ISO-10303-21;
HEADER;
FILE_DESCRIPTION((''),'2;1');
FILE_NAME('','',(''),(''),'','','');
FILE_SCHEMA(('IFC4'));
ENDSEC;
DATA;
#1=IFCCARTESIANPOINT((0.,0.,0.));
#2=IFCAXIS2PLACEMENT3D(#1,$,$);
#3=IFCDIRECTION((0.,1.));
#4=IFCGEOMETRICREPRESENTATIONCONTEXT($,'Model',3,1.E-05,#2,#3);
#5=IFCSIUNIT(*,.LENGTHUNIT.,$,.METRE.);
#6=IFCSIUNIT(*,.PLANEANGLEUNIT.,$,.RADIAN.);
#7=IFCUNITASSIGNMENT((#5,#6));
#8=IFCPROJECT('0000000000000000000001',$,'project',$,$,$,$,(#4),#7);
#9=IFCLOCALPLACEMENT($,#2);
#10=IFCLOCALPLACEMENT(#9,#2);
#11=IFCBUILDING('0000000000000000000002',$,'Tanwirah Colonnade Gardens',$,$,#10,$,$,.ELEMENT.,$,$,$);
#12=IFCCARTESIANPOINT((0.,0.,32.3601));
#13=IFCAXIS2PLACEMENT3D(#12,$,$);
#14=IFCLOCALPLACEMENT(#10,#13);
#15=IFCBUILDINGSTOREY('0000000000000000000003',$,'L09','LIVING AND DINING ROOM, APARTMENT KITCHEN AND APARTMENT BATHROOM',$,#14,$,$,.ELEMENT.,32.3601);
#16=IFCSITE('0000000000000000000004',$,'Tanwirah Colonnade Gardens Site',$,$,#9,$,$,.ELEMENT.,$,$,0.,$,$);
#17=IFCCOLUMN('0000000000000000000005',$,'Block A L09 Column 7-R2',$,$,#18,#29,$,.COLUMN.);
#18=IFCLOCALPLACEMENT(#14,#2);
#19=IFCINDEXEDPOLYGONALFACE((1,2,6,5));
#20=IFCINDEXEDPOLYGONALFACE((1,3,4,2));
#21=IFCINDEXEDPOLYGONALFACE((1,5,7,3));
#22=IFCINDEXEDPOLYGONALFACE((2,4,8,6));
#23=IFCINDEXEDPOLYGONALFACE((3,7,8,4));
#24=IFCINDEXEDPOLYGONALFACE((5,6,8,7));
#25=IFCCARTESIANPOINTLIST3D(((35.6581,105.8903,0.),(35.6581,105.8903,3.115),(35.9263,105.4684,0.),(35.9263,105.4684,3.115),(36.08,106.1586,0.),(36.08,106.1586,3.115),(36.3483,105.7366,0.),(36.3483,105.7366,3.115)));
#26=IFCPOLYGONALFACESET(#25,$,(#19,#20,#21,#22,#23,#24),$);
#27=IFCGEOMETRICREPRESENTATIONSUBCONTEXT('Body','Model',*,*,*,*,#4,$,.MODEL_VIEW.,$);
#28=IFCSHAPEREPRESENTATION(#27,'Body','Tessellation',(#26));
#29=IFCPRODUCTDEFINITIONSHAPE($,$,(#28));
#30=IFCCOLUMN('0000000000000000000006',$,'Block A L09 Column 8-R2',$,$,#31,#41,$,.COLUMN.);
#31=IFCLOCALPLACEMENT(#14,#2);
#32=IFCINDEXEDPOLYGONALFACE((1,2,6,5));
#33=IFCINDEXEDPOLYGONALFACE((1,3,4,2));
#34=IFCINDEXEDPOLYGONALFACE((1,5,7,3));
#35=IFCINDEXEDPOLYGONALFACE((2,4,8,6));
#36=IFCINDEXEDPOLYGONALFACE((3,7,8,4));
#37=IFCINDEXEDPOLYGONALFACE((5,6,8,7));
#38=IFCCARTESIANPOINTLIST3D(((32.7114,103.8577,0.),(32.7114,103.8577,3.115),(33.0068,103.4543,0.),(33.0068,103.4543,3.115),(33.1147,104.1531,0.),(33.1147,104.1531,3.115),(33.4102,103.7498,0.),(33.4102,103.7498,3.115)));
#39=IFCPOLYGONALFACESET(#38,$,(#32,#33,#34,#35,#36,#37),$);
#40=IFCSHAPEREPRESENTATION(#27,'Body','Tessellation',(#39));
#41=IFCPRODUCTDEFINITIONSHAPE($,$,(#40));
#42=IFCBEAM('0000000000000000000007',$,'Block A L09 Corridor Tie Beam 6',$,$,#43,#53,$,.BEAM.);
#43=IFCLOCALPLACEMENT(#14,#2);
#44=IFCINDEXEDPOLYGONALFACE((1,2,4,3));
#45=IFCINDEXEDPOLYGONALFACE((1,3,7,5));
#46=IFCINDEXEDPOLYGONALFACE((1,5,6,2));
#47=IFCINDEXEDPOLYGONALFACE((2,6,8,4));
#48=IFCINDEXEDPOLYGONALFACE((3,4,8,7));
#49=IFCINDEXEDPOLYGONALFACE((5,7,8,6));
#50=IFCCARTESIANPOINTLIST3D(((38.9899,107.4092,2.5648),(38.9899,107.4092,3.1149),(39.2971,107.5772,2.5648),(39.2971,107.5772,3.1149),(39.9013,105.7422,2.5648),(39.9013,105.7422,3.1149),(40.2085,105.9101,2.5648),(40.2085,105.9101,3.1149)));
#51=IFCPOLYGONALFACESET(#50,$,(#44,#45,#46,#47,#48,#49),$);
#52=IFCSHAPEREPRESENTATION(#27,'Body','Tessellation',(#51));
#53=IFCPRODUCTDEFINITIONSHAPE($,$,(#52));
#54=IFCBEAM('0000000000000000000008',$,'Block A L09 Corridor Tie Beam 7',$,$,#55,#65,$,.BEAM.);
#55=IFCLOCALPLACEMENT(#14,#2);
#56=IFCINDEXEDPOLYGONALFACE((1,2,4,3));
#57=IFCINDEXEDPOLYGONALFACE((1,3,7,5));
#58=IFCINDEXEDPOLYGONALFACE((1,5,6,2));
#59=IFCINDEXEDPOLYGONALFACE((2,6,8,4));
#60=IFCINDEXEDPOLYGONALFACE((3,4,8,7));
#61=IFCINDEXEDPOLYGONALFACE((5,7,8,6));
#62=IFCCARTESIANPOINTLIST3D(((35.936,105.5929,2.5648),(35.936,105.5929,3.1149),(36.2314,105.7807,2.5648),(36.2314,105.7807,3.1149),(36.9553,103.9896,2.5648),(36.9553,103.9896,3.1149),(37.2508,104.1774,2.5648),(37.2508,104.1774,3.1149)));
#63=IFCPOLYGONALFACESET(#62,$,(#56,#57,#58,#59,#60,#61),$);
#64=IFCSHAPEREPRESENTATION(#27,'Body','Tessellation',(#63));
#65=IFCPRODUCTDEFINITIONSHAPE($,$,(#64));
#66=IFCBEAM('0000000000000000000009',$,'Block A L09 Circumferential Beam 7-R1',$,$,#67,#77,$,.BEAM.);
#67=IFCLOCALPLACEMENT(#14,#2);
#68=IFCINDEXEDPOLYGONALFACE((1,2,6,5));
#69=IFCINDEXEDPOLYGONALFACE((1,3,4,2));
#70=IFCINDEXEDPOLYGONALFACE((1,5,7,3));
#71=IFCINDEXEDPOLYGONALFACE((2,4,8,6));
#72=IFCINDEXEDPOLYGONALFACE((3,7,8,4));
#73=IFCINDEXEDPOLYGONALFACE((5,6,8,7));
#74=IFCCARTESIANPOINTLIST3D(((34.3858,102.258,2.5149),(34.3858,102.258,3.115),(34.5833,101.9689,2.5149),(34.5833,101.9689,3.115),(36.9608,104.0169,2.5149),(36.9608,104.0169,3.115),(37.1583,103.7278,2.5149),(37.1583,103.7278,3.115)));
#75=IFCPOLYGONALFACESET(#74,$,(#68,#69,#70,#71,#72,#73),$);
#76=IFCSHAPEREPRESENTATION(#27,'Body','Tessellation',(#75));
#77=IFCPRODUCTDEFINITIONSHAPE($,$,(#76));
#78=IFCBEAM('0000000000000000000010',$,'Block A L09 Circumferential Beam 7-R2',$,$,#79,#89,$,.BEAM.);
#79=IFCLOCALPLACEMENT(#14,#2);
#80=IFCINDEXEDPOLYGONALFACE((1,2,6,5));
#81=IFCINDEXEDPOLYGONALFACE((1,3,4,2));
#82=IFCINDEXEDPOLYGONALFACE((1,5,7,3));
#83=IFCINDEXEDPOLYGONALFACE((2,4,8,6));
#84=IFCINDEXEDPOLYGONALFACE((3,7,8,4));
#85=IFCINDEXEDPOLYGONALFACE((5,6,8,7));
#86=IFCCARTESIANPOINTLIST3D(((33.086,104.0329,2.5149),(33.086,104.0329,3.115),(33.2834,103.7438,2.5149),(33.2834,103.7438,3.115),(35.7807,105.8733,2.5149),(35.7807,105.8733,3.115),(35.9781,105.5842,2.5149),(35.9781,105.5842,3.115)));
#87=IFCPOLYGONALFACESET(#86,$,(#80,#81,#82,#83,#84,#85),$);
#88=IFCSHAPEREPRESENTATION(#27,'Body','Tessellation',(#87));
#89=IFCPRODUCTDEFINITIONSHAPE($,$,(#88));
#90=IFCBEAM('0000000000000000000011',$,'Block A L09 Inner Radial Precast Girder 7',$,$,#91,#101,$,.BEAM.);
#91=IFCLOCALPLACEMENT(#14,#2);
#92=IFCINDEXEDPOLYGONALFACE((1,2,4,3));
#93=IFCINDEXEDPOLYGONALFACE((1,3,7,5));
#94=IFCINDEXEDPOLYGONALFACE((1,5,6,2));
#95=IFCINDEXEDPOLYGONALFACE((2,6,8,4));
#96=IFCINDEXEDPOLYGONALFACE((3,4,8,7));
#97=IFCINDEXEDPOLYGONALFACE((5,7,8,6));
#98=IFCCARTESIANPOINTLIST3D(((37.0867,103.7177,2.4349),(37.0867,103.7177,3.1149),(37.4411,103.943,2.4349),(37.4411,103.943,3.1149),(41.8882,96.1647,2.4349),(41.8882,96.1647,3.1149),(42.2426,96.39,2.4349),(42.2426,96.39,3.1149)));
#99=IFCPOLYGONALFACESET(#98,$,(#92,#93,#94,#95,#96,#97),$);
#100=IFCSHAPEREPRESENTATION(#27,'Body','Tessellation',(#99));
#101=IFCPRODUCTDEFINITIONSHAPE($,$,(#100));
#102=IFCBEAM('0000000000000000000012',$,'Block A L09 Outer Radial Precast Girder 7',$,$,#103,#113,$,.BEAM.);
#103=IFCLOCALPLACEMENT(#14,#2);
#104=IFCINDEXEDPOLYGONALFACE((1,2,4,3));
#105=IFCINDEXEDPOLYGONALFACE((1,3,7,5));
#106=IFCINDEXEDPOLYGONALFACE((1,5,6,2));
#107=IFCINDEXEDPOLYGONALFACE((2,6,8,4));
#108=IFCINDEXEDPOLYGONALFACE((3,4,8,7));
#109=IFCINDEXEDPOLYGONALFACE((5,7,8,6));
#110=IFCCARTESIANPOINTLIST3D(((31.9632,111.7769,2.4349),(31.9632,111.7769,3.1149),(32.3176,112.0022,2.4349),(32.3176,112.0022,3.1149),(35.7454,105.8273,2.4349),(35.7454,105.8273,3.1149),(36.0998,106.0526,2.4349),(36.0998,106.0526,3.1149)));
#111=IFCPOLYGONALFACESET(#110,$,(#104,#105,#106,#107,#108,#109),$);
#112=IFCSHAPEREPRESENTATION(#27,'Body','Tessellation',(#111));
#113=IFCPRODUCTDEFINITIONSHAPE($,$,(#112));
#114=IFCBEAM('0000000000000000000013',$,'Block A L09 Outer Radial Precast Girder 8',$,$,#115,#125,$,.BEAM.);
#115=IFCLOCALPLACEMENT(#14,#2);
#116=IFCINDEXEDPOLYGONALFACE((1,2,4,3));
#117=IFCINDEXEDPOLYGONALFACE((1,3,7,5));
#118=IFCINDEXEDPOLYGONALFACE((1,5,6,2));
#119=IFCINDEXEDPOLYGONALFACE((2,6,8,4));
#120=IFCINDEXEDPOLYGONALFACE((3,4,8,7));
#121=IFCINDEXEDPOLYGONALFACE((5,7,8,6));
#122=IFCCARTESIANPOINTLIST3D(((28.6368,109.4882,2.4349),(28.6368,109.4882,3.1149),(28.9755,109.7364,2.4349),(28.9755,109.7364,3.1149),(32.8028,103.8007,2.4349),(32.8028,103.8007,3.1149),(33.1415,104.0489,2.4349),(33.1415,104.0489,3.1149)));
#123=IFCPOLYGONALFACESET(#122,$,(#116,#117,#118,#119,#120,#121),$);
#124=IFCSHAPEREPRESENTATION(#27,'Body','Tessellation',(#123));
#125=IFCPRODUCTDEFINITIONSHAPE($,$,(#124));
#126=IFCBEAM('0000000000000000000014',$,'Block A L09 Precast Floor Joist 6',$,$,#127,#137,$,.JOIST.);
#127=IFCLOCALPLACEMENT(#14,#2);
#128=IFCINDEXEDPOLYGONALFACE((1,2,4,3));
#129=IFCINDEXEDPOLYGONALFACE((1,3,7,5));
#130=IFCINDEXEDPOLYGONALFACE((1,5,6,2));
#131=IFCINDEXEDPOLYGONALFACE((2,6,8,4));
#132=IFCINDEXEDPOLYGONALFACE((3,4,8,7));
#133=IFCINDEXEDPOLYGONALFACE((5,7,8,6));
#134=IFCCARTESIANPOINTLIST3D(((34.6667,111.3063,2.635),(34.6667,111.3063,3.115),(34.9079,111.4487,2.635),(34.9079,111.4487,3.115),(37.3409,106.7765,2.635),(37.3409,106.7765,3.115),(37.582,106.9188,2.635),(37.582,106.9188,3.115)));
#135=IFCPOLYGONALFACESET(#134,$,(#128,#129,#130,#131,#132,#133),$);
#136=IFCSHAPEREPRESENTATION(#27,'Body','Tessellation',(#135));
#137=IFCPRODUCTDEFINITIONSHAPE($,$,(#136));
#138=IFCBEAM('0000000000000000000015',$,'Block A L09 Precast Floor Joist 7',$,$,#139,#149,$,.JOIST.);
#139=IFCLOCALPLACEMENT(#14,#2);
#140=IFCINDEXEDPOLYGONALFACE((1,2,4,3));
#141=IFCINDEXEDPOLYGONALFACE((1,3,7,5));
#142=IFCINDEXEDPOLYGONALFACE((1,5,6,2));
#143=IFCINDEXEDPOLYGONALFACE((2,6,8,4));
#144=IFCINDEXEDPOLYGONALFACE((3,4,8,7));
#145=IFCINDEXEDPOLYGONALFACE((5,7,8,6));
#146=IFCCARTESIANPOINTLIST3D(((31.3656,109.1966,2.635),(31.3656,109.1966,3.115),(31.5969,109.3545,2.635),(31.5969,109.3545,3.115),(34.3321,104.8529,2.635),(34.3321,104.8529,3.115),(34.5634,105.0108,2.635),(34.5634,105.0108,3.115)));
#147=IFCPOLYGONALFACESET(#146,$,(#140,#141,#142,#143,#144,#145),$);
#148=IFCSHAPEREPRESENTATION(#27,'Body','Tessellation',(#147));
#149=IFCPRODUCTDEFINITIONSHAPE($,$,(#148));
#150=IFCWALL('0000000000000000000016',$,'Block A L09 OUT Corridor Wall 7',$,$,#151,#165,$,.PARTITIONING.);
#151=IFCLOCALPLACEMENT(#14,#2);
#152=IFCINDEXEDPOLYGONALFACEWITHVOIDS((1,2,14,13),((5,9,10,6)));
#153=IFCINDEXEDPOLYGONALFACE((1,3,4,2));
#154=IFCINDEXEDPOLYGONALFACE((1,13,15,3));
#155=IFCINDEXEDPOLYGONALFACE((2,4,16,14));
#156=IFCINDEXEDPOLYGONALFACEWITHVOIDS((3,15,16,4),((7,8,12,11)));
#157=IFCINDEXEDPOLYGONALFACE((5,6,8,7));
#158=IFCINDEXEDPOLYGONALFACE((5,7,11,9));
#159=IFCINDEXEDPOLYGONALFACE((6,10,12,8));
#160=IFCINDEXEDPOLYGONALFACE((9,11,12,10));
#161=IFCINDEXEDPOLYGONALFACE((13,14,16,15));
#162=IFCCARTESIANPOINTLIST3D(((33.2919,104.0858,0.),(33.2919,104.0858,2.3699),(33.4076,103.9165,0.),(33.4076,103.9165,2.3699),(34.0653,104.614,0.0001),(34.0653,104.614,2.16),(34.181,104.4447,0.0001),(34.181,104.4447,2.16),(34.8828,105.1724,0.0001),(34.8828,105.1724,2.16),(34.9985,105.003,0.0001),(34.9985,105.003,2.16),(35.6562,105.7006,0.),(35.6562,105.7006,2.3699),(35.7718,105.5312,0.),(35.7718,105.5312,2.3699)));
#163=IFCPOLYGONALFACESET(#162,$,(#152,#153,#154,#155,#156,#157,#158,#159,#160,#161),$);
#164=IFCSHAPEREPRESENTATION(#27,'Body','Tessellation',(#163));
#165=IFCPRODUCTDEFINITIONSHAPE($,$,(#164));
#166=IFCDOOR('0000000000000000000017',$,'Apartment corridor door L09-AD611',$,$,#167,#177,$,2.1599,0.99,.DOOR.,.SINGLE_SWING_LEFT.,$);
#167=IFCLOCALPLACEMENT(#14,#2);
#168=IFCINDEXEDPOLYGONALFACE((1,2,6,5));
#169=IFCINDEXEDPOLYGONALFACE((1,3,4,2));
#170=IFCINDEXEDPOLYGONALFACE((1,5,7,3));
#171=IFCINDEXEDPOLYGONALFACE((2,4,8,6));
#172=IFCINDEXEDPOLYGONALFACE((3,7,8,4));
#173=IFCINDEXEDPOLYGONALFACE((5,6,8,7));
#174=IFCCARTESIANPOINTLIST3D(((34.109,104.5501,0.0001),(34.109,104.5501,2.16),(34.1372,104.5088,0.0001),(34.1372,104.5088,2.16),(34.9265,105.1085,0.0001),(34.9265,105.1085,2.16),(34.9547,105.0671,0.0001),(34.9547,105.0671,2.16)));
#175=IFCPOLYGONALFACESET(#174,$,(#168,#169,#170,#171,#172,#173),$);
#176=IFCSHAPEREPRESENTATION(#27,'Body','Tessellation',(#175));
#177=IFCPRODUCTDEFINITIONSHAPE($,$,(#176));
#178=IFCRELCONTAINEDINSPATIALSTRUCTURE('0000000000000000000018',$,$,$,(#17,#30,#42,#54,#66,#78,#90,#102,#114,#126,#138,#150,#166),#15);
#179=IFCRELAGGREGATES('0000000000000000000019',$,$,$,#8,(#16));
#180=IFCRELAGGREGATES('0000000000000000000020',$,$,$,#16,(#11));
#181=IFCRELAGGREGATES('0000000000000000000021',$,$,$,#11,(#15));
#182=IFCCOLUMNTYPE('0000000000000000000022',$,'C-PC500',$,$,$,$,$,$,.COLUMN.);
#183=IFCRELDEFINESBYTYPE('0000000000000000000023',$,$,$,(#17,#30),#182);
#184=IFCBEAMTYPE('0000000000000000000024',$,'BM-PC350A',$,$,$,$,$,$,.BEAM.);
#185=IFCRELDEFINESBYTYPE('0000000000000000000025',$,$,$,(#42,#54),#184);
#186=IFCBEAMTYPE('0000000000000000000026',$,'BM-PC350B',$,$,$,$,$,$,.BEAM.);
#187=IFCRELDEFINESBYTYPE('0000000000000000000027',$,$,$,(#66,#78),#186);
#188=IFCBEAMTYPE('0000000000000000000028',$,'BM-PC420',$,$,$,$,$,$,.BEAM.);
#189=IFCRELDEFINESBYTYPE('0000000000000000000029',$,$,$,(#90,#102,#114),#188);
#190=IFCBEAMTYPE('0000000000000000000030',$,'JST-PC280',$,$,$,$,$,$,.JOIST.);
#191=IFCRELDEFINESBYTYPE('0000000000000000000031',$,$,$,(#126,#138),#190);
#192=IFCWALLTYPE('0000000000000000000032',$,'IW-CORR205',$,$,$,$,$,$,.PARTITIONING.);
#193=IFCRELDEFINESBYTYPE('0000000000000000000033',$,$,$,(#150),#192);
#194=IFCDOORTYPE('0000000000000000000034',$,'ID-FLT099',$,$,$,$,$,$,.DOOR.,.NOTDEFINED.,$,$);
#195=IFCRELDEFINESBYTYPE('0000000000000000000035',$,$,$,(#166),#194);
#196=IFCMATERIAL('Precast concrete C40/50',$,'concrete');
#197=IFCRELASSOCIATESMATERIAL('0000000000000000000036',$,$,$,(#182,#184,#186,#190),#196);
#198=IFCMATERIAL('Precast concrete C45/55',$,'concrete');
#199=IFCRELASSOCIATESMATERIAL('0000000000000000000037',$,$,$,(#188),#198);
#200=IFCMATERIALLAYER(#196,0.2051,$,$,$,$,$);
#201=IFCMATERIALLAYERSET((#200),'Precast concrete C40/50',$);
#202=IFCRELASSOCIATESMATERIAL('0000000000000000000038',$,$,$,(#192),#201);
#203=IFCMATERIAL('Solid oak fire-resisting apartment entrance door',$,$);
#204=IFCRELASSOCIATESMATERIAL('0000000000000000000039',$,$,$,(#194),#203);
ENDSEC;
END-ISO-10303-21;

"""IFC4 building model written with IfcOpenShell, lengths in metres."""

from ifc_helpers import new_model, si_unit, direction, frame, frame_2d, origin, origin_2d, place, context, subcontext, project, spatial, rectangle, extrude, material, layer, layer_set, material_profile, profile_set, type_object, element, fill, save


model = new_model("IFC4")

# Units and contexts
model_context = context("Model", 3, precision=1e-05, world=origin(), true_north=direction((0.0, 1.0)))
body_context = subcontext(model_context, "Body", "Model", "MODEL_VIEW")
ifc_project = project(units=[si_unit("LENGTHUNIT", "METRE"), si_unit("PLANEANGLEUNIT", "RADIAN")], contexts=[model_context])

# Site, building, storey
site_placement = place(None, origin())
site = spatial("IfcSite", under=ifc_project, at=site_placement, Name="Tanwirah Colonnade Gardens Site", CompositionType="ELEMENT", RefElevation=0.0)
building_placement = place(site_placement, origin())
building = spatial("IfcBuilding", under=site, at=building_placement, Name="Tanwirah Colonnade Gardens", CompositionType="ELEMENT")
storey_placement = place(building_placement, frame((0.0, 0.0, 32.3601)))
storey = spatial("IfcBuildingStorey", under=building, at=storey_placement, Name="L09", Description="LIVING AND DINING ROOM, APARTMENT KITCHEN AND APARTMENT BATHROOM", CompositionType="ELEMENT", Elevation=32.3601)

# Columns
ifc_material_1 = material(Name="Precast concrete C40/50", Category="concrete")
ifc_material_profile_1 = material_profile(ifc_material_1, rectangle(XDim=0.5, YDim=0.5, at=origin_2d()), Name="PC-COL 500x500")
ifc_profile_set_1 = profile_set([ifc_material_profile_1], Name="Precast concrete C40/50")
column_type = type_object("IfcColumnType", Name="C-PC500", PredefinedType="COLUMN", material=ifc_profile_set_1)
for number, where, z_axis, x_axis, name in (
    (1, (36.0032, 105.8135, 0.0), (0.0, 0.0, 1.0), (-0.536482, 0.843912, 0.0), "Block A L09 Column 7-R2"),
    (2, (33.0608, 103.8037, 0.0), (0.0, 0.0, 1.0), (-0.590919, 0.806731, 0.0), "Block A L09 Column 8-R2"),
):
    element("IfcColumn", number, at=place(storey_placement, frame(where, z_axis=z_axis, x_axis=x_axis)), inside=storey, type_object=column_type, Name=name, PredefinedType="COLUMN", context=body_context, shape_type="SweptSolid", body=[
        extrude(rectangle(XDim=0.5, YDim=0.5, at=origin_2d()), origin(), (0.0, 0.0, 1.0), 3.115),
    ])

# Beams
ifc_material_profile_2 = material_profile(ifc_material_1, rectangle(XDim=0.3501, YDim=0.55, at=origin_2d()), Name="PC-BM 350x550")
ifc_profile_set_2 = profile_set([ifc_material_profile_2], Name="Precast concrete C40/50")
beam_type_1 = type_object("IfcBeamType", Name="BM-PC350A", PredefinedType="BEAM", material=ifc_profile_set_2)
for number, where, z_axis, x_axis, name in (
    (3, (40.0549, 105.8262, 2.8398), (-0.479707, 0.877429, 0.0), (-0.877429, -0.479707, 0.0), "Block A L09 Corridor Tie Beam 6"),
    (4, (37.103, 104.0835, 2.8398), (-0.53651, 0.843894, 0.0), (-0.843894, -0.53651, 0.0), "Block A L09 Corridor Tie Beam 7"),
):
    element("IfcBeam", number, at=place(storey_placement, frame(where, z_axis=z_axis, x_axis=x_axis)), inside=storey, type_object=beam_type_1, Name=name, PredefinedType="BEAM", context=body_context, shape_type="SweptSolid", body=[
        extrude(rectangle(XDim=0.3501, YDim=0.55, at=origin_2d()), origin(), (0.0, 0.0, 1.0), 1.8999),
    ])
ifc_material_profile_3 = material_profile(ifc_material_1, rectangle(XDim=0.3501, YDim=0.6001, at=origin_2d()), Name="PC-BM 350x600")
ifc_profile_set_3 = profile_set([ifc_material_profile_3], Name="Precast concrete C40/50")
beam_type_2 = type_object("IfcBeamType", Name="BM-PC350B", PredefinedType="BEAM", material=ifc_profile_set_3)
beam_1_placement = place(storey_placement, frame((37.0596, 103.8723, 2.8149), z_axis=(-0.825758, -0.564024, 0.0), x_axis=(0.564024, -0.825758, 0.0)))
element("IfcBeam", 5, at=beam_1_placement, inside=storey, type_object=beam_type_2, Name="Block A L09 Circumferential Beam 7-R1", PredefinedType="BEAM", context=body_context, shape_type="SweptSolid", body=[
    extrude(rectangle(XDim=0.3501, YDim=0.6001, at=origin_2d()), origin(), (0.0, 0.0, 1.0), 3.1184),
])
beam_2_placement = place(storey_placement, frame((35.8794, 105.7288, 2.8149), z_axis=(-0.825782, -0.563989, 0.0), x_axis=(0.563989, -0.825782, 0.0)))
element("IfcBeam", 6, at=beam_2_placement, inside=storey, type_object=beam_type_2, Name="Block A L09 Circumferential Beam 7-R2", PredefinedType="BEAM", context=body_context, shape_type="SweptSolid", body=[
    extrude(rectangle(XDim=0.3501, YDim=0.6001, at=origin_2d()), origin(), (0.0, 0.0, 1.0), 3.2632),
])
ifc_material_2 = material(Name="Precast concrete C45/55", Category="concrete")
ifc_material_profile_4 = material_profile(ifc_material_2, rectangle(XDim=0.4199, YDim=0.6799, at=origin_2d()), Name="PC-BM 420x680")
ifc_profile_set_4 = profile_set([ifc_material_profile_4], Name="Precast concrete C45/55")
beam_type_3 = type_object("IfcBeamType", Name="BM-PC420", PredefinedType="BEAM", material=ifc_profile_set_4)
beam_3_placement = place(storey_placement, frame((37.2639, 103.8303, 2.7749), z_axis=(0.536484, -0.843911, 0.0), x_axis=(0.843911, 0.536484, 0.0)))
element("IfcBeam", 7, at=beam_3_placement, inside=storey, type_object=beam_type_3, Name="Block A L09 Inner Radial Precast Girder 7", PredefinedType="BEAM", context=body_context, shape_type="SweptSolid", body=[
    extrude(rectangle(XDim=0.4199, YDim=0.6799, at=origin_2d()), origin(), (0.0, 0.0, 1.0), 8.95),
])
for number, where, z_axis, x_axis, name in (
    (8, (35.9226, 105.9399, 2.7749), (-0.536477, 0.843915, 0.0), (-0.843915, -0.536477, 0.0), "Block A L09 Outer Radial Precast Girder 7"),
    (9, (32.9722, 103.9248, 2.7749), (-0.590919, 0.806731, 0.0), (-0.806731, -0.590919, 0.0), "Block A L09 Outer Radial Precast Girder 8"),
):
    element("IfcBeam", number, at=place(storey_placement, frame(where, z_axis=z_axis, x_axis=x_axis)), inside=storey, type_object=beam_type_3, Name=name, PredefinedType="BEAM", context=body_context, shape_type="SweptSolid", body=[
        extrude(rectangle(XDim=0.4199, YDim=0.6799, at=origin_2d()), origin(), (0.0, 0.0, 1.0), 7.05),
    ])
ifc_material_profile_5 = material_profile(ifc_material_1, rectangle(XDim=0.28, YDim=0.48, at=origin_2d()), Name="PC-JST 280x480")
ifc_profile_set_5 = profile_set([ifc_material_profile_5], Name="Precast concrete C40/50")
beam_type_4 = type_object("IfcBeamType", Name="JST-PC280", PredefinedType="JOIST", material=ifc_profile_set_5)
beam_4_placement = place(storey_placement, frame((37.4614, 106.8477, 2.875), z_axis=(-0.50836, 0.861145, 0.0), x_axis=(-0.861145, -0.50836, 0.0)))
element("IfcBeam", 10, at=beam_4_placement, inside=storey, type_object=beam_type_4, Name="Block A L09 Precast Floor Joist 6", PredefinedType="JOIST", context=body_context, shape_type="SweptSolid", body=[
    extrude(rectangle(XDim=0.28, YDim=0.48, at=origin_2d()), origin(), (0.0, 0.0, 1.0), 5.2603),
])
beam_5_placement = place(storey_placement, frame((34.4478, 104.9319, 2.875), z_axis=(-0.563973, 0.825793, 0.0), x_axis=(-0.825793, -0.563973, 0.0)))
element("IfcBeam", 11, at=beam_5_placement, inside=storey, type_object=beam_type_4, Name="Block A L09 Precast Floor Joist 7", PredefinedType="JOIST", context=body_context, shape_type="SweptSolid", body=[
    extrude(rectangle(XDim=0.28, YDim=0.48, at=origin_2d()), origin(), (0.0, 0.0, 1.0), 5.26),
])

# Wall, opening, door
ifc_layer_1 = layer(ifc_material_1, 0.2051)
ifc_layer_set_1 = layer_set([ifc_layer_1], Name="Precast concrete C40/50")
wall_type_1 = type_object("IfcWallType", Name="IW-CORR205", PredefinedType="PARTITIONING", material=ifc_layer_set_1)
wall_1_placement = place(storey_placement, frame((35.7141, 105.616, 0.0), z_axis=(0.0, 0.0, 1.0), x_axis=(-0.82578, -0.563993, 0.0)))
wall_1 = element("IfcWall", 12, at=wall_1_placement, inside=storey, type_object=wall_type_1, Name="Block A L09 OUT Corridor Wall 7", PredefinedType="PARTITIONING", context=body_context, shape_type="SweptSolid", body=[
    extrude(rectangle(XDim=2.863, YDim=0.2051, at=frame_2d((1.4316, 0.0))), origin(), (0.0, 0.0, 1.0), 2.3699),
])
opening_1_placement = place(wall_1_placement, frame((0.9365, 0.0, 0.0)))
opening_1 = element("IfcOpeningElement", 13, at=opening_1_placement, cuts=wall_1, PredefinedType="OPENING", context=body_context, shape_type="SweptSolid", body=[
    extrude(rectangle(XDim=0.99, YDim=2.1599, at=frame_2d((0.4951, 1.0801))), frame((0.0, 0.1125, 0.0), z_axis=(0.0, -1.0, 0.0), x_axis=(1.0, 0.0, 0.0)), (0.0, 0.0, 1.0), 0.2251),
])
ifc_material_3 = material(Name="Solid oak fire-resisting apartment entrance door")
door_type_1 = type_object("IfcDoorType", Name="ID-FLT099", OperationType="NOTDEFINED", PredefinedType="DOOR", material=ifc_material_3)
door_1_placement = place(opening_1_placement, origin())
door_1 = element("IfcDoor", 14, at=door_1_placement, inside=storey, type_object=door_type_1, Name="Apartment corridor door L09-AD611", OperationType="SINGLE_SWING_LEFT", OverallHeight=2.1599, OverallWidth=0.99, PredefinedType="DOOR", context=body_context, shape_type="SweptSolid", body=[
    extrude(rectangle(XDim=0.99, YDim=2.1599, at=frame_2d((0.4951, 1.0801))), frame((0.0, 0.0249, 0.0), z_axis=(0.0, -1.0, 0.0), x_axis=(1.0, 0.0, 0.0)), (0.0, 0.0, 1.0), 0.05),
])
fill(opening_1, door_1)

save(model, "model.ifc")
